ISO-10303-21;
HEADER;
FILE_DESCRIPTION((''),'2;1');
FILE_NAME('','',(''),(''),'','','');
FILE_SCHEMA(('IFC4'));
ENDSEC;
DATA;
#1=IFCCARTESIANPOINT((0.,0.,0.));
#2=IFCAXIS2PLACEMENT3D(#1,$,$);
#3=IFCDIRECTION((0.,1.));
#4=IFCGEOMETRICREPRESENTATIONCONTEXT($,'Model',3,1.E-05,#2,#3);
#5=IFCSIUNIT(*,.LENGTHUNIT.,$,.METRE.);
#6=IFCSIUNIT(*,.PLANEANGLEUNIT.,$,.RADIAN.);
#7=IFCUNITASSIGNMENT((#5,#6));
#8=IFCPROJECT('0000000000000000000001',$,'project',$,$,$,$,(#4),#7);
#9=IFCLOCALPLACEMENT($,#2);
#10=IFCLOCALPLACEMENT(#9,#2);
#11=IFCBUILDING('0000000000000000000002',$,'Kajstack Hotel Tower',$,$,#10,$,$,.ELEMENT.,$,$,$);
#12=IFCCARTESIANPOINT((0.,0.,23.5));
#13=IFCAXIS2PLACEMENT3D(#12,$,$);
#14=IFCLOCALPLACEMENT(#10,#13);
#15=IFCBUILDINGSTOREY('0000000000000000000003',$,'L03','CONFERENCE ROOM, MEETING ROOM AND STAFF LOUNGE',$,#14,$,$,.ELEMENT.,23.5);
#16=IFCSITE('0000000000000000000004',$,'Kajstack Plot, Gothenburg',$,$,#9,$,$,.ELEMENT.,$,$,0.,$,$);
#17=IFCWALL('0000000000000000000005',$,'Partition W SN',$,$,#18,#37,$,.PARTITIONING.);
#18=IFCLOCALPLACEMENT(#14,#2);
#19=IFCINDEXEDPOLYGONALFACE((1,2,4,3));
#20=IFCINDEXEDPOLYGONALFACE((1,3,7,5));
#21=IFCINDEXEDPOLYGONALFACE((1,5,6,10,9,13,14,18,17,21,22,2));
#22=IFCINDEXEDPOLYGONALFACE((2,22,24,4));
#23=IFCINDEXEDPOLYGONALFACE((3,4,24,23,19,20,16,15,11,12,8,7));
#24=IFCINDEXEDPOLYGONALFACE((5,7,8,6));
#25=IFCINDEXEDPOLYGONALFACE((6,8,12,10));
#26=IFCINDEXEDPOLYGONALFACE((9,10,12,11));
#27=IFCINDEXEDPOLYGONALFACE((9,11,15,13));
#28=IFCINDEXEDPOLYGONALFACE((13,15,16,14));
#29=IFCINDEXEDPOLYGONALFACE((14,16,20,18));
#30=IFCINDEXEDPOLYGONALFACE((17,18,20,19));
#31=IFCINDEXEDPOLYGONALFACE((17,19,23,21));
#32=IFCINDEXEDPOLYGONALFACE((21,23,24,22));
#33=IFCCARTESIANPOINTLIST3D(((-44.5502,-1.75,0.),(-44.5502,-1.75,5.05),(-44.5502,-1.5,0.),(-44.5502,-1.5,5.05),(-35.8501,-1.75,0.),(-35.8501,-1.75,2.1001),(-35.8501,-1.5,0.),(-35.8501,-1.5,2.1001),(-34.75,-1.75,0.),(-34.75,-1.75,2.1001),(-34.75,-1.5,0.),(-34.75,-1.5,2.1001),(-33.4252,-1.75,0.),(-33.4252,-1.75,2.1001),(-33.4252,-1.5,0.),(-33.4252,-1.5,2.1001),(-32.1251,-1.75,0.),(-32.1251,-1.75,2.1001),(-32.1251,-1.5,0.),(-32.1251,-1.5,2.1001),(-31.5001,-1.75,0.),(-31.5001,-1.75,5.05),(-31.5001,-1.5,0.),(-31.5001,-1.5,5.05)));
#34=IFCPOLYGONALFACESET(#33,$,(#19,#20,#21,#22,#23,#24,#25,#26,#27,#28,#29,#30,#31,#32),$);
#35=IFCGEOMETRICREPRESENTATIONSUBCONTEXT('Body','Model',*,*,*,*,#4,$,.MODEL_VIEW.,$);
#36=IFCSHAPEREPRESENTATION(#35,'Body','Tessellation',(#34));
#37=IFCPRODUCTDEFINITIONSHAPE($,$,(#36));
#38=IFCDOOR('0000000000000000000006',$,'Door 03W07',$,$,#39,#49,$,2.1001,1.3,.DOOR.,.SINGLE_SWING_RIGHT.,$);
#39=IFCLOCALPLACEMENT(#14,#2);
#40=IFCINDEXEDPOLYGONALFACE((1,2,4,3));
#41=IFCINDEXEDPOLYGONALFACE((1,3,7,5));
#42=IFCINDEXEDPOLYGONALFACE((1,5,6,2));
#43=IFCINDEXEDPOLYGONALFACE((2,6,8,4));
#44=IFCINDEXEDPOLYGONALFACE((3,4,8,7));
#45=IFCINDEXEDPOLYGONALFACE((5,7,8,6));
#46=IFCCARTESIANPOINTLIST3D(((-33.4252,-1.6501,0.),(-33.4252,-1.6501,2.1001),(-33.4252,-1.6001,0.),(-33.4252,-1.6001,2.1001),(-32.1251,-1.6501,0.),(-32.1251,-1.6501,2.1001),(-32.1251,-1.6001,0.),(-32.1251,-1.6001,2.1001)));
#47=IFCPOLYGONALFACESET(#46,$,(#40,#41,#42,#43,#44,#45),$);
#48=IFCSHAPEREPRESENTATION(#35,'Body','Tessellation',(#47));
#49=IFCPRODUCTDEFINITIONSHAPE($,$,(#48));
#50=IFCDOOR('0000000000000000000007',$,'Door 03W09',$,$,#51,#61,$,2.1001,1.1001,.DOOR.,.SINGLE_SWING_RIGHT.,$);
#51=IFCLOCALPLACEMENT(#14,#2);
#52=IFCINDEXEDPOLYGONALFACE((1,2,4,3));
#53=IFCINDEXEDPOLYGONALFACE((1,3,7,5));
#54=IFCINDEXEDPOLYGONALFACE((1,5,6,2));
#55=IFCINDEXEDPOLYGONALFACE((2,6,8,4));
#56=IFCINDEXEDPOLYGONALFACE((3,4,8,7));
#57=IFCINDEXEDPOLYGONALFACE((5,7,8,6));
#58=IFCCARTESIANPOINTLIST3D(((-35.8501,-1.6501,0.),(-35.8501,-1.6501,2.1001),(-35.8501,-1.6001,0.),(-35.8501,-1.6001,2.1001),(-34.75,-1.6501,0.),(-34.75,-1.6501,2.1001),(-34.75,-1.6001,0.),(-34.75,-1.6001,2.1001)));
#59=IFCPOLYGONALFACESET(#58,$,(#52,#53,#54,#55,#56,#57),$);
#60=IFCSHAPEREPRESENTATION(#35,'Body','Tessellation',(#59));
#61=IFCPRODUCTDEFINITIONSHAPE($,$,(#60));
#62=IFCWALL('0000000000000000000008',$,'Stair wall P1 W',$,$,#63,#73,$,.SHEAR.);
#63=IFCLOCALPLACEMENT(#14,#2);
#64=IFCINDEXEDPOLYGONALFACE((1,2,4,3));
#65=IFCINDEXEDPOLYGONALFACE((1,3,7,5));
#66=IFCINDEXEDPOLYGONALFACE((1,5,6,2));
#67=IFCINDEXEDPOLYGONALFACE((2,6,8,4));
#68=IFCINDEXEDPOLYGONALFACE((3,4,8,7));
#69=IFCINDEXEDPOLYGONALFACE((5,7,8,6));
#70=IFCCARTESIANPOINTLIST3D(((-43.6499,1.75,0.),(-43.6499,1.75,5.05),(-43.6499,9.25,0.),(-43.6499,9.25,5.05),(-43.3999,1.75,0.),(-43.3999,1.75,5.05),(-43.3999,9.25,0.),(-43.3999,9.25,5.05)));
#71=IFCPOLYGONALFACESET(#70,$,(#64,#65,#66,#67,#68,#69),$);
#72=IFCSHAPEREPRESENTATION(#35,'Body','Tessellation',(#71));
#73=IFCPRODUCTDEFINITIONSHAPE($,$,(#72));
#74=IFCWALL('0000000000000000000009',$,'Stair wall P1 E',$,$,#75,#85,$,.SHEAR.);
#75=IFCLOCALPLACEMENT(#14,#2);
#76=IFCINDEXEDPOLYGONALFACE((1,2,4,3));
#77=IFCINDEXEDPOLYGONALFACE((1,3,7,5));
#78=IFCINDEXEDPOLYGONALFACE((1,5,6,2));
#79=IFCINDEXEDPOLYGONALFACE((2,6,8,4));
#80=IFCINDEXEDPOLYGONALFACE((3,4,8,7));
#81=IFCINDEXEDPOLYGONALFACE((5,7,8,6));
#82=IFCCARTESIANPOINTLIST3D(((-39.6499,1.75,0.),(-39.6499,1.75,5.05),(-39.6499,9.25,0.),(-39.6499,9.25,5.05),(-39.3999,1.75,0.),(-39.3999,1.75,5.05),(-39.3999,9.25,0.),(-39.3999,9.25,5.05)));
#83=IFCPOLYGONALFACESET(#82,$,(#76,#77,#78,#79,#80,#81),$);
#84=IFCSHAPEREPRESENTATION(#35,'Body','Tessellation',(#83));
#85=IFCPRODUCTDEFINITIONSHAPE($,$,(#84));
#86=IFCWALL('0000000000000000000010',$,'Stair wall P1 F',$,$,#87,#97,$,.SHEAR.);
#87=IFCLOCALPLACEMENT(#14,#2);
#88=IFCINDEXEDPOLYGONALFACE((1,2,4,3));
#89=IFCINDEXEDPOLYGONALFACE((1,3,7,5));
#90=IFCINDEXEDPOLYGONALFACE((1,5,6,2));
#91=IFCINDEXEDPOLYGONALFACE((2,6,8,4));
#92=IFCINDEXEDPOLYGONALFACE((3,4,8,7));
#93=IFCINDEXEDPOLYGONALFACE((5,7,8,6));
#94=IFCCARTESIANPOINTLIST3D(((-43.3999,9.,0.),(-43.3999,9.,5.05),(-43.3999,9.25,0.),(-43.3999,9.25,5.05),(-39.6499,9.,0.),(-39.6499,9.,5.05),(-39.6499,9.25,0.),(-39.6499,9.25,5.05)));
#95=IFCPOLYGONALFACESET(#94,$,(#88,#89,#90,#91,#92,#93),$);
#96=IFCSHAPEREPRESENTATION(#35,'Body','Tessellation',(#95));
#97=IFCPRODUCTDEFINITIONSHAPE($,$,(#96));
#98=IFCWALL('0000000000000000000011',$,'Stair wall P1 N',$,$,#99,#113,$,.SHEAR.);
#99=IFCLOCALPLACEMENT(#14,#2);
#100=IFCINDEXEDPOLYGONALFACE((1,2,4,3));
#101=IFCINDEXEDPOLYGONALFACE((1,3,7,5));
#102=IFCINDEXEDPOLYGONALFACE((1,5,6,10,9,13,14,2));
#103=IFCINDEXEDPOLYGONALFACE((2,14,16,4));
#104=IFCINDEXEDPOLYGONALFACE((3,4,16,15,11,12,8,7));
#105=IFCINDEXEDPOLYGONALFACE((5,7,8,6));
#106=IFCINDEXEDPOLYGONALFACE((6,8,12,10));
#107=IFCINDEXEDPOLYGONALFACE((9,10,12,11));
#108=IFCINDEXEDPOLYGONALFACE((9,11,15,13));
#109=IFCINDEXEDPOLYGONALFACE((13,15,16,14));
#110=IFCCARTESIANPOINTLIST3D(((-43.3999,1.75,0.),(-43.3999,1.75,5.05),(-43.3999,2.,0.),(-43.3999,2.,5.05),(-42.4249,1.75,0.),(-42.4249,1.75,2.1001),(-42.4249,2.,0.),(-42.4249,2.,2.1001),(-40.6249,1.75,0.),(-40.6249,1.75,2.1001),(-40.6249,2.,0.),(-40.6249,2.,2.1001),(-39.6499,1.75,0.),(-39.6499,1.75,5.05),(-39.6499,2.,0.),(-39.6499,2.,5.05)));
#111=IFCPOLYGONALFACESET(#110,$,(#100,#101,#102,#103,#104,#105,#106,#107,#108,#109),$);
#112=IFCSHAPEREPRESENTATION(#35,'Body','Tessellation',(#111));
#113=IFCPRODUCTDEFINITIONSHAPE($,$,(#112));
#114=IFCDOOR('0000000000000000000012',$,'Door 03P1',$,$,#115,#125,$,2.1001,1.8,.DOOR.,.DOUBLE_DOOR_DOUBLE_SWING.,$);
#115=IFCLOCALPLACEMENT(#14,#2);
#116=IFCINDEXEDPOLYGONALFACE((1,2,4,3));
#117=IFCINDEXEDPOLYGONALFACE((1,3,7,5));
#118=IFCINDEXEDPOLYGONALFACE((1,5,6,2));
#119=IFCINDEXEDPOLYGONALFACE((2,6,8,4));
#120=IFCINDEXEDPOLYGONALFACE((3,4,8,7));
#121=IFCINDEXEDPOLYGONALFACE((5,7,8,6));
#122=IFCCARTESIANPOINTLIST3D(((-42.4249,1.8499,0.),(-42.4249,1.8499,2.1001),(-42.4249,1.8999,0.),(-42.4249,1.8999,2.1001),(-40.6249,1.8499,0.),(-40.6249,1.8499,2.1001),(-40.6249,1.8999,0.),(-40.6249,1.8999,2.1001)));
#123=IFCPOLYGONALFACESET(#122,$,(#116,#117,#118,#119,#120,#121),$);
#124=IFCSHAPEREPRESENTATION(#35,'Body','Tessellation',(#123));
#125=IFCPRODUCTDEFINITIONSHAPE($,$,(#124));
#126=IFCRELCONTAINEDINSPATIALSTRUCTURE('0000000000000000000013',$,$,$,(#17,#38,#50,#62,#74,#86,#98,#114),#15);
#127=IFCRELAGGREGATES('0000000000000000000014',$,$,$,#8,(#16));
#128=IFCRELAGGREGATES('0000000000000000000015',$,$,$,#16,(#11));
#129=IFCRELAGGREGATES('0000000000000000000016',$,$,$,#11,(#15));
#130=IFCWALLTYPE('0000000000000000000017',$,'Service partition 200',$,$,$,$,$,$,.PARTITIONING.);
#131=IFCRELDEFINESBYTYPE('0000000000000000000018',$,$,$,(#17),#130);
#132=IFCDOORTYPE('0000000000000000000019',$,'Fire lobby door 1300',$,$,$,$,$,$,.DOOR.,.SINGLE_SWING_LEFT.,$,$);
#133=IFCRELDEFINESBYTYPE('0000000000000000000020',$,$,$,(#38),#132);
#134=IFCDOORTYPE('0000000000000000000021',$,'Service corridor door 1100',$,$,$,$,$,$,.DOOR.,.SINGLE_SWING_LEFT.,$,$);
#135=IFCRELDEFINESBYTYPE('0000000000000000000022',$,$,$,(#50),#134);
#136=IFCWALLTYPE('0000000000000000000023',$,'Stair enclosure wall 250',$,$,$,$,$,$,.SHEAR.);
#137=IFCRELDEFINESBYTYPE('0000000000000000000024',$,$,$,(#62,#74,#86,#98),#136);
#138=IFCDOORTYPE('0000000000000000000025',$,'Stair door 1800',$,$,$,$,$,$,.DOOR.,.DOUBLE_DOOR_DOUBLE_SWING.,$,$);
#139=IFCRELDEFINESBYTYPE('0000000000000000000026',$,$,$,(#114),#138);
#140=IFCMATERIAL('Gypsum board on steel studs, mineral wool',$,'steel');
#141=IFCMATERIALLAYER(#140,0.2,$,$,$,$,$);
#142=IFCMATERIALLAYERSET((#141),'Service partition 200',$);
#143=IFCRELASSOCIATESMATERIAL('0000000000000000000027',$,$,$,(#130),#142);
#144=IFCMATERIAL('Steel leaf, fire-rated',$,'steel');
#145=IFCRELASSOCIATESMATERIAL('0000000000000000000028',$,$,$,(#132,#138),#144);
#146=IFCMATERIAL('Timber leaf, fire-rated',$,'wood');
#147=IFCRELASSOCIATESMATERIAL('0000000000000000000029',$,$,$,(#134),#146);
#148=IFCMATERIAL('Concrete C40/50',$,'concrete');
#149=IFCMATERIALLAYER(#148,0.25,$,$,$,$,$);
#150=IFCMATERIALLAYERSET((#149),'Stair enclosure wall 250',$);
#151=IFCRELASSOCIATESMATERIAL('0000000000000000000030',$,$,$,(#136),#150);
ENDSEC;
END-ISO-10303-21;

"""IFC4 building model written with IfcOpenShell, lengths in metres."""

from ifc_helpers import new_model, si_unit, direction, frame, frame_2d, origin, place, context, subcontext, project, spatial, rectangle, extrude, material, layer, layer_set, type_object, element, fill, save


model = new_model("IFC4")

# Units and contexts
model_context = context("Model", 3, precision=1e-05, world=origin(), true_north=direction((0.0, 1.0)))
body_context = subcontext(model_context, "Body", "Model", "MODEL_VIEW")
ifc_project = project(units=[si_unit("LENGTHUNIT", "METRE"), si_unit("PLANEANGLEUNIT", "RADIAN")], contexts=[model_context])

# Site, building, storey
site_placement = place(None, origin())
site = spatial("IfcSite", under=ifc_project, at=site_placement, Name="Kajstack Plot, Gothenburg", CompositionType="ELEMENT", RefElevation=0.0)
building_placement = place(site_placement, origin())
building = spatial("IfcBuilding", under=site, at=building_placement, Name="Kajstack Hotel Tower", CompositionType="ELEMENT")
storey_placement = place(building_placement, frame((0.0, 0.0, 23.5)))
storey = spatial("IfcBuildingStorey", under=building, at=storey_placement, Name="L03", Description="CONFERENCE ROOM, MEETING ROOM AND STAFF LOUNGE", CompositionType="ELEMENT", Elevation=23.5)

# Shared definitions
ifc_material_1 = material(Name="Gypsum board on steel studs, mineral wool", Category="steel")
ifc_material_2 = material(Name="Timber leaf, fire-rated", Category="wood")

# Wall, openings, doors
ifc_layer_1 = layer(ifc_material_1, 0.2)
ifc_layer_set_1 = layer_set([ifc_layer_1], Name="Service partition 200")
wall_type_1 = type_object("IfcWallType", Name="Service partition 200", PredefinedType="PARTITIONING", material=ifc_layer_set_1)
wall_1_placement = place(storey_placement, frame((-44.55, -1.625, 0.0), z_axis=(0.0, 0.0, 1.0), x_axis=(1.0, 0.0, 0.0)))
wall_1 = element("IfcWall", 1, at=wall_1_placement, inside=storey, type_object=wall_type_1, Name="Partition W SN", PredefinedType="PARTITIONING", context=body_context, shape_type="SweptSolid", body=[
    extrude(rectangle(XDim=13.05, YDim=0.25, at=frame_2d((6.5249, 0.0))), origin(), (0.0, 0.0, 1.0), 5.05),
])
opening_1_placement = place(wall_1_placement, frame((11.125, 0.0, 0.0)))
opening_1 = element("IfcOpeningElement", 2, at=opening_1_placement, cuts=wall_1, PredefinedType="OPENING", context=body_context, shape_type="SweptSolid", body=[
    extrude(rectangle(XDim=1.3, YDim=2.1001, at=frame_2d((0.6499, 1.05))), frame((0.0, 0.135, 0.0), z_axis=(0.0, -1.0, 0.0), x_axis=(1.0, 0.0, 0.0)), (0.0, 0.0, 1.0), 0.27),
])
opening_2_placement = place(wall_1_placement, frame((8.7, 0.0, 0.0)))
opening_2 = element("IfcOpeningElement", 3, at=opening_2_placement, cuts=wall_1, PredefinedType="OPENING", context=body_context, shape_type="SweptSolid", body=[
    extrude(rectangle(XDim=1.1001, YDim=2.1001, at=frame_2d((0.55, 1.05))), frame((0.0, 0.135, 0.0), z_axis=(0.0, -1.0, 0.0), x_axis=(1.0, 0.0, 0.0)), (0.0, 0.0, 1.0), 0.27),
])
ifc_material_3 = material(Name="Steel leaf, fire-rated", Category="steel")
door_type_1 = type_object("IfcDoorType", Name="Fire lobby door 1300", OperationType="SINGLE_SWING_LEFT", PredefinedType="DOOR", material=ifc_material_3)
door_1_placement = place(opening_1_placement, origin())
door_1 = element("IfcDoor", 4, at=door_1_placement, inside=storey, type_object=door_type_1, Name="Door 03W07", OperationType="SINGLE_SWING_RIGHT", OverallHeight=2.1001, OverallWidth=1.3, PredefinedType="DOOR", context=body_context, shape_type="SweptSolid", body=[
    extrude(rectangle(XDim=1.3, YDim=2.1001, at=frame_2d((0.6499, 1.05))), frame((0.0, 0.0249, 0.0), z_axis=(0.0, -1.0, 0.0), x_axis=(1.0, 0.0, 0.0)), (0.0, 0.0, 1.0), 0.05),
])
fill(opening_1, door_1)
door_type_2 = type_object("IfcDoorType", Name="Service corridor door 1100", OperationType="SINGLE_SWING_LEFT", PredefinedType="DOOR", material=ifc_material_2)
door_2_placement = place(opening_2_placement, origin())
door_2 = element("IfcDoor", 5, at=door_2_placement, inside=storey, type_object=door_type_2, Name="Door 03W09", OperationType="SINGLE_SWING_RIGHT", OverallHeight=2.1001, OverallWidth=1.1001, PredefinedType="DOOR", context=body_context, shape_type="SweptSolid", body=[
    extrude(rectangle(XDim=1.1001, YDim=2.1001, at=frame_2d((0.55, 1.05))), frame((0.0, 0.0249, 0.0), z_axis=(0.0, -1.0, 0.0), x_axis=(1.0, 0.0, 0.0)), (0.0, 0.0, 1.0), 0.05),
])
fill(opening_2, door_2)

# Walls
ifc_material_4 = material(Name="Concrete C40/50", Category="concrete")
ifc_layer_2 = layer(ifc_material_4, 0.25)
ifc_layer_set_2 = layer_set([ifc_layer_2], Name="Stair enclosure wall 250")
wall_type_2 = type_object("IfcWallType", Name="Stair enclosure wall 250", PredefinedType="SHEAR", material=ifc_layer_set_2)
for number, where, z_axis, x_axis, name in (
    (6, (-43.5249, 1.75, 0.0), (0.0, 0.0, 1.0), (0.0, 1.0, 0.0), "Stair wall P1 W"),
    (7, (-39.5249, 1.75, 0.0), (0.0, 0.0, 1.0), (0.0, 1.0, 0.0), "Stair wall P1 E"),
):
    element("IfcWall", number, at=place(storey_placement, frame(where, z_axis=z_axis, x_axis=x_axis)), inside=storey, type_object=wall_type_2, Name=name, PredefinedType="SHEAR", context=body_context, shape_type="SweptSolid", body=[
        extrude(rectangle(XDim=7.5, YDim=0.25, at=frame_2d((3.75, 0.0))), origin(), (0.0, 0.0, 1.0), 5.05),
    ])
wall_2_placement = place(storey_placement, frame((-43.3999, 9.125, 0.0), z_axis=(0.0, 0.0, 1.0), x_axis=(1.0, 0.0, 0.0)))
element("IfcWall", 8, at=wall_2_placement, inside=storey, type_object=wall_type_2, Name="Stair wall P1 F", PredefinedType="SHEAR", context=body_context, shape_type="SweptSolid", body=[
    extrude(rectangle(XDim=3.75, YDim=0.25, at=frame_2d((1.875, 0.0))), origin(), (0.0, 0.0, 1.0), 5.05),
])

# Wall, opening, door
wall_3_placement = place(storey_placement, frame((-43.3999, 1.875, 0.0), z_axis=(0.0, 0.0, 1.0), x_axis=(1.0, 0.0, 0.0)))
wall_3 = element("IfcWall", 9, at=wall_3_placement, inside=storey, type_object=wall_type_2, Name="Stair wall P1 N", PredefinedType="SHEAR", context=body_context, shape_type="SweptSolid", body=[
    extrude(rectangle(XDim=3.75, YDim=0.25, at=frame_2d((1.875, 0.0))), origin(), (0.0, 0.0, 1.0), 5.05),
])
opening_3_placement = place(wall_3_placement, frame((0.9751, 0.0, 0.0)))
opening_3 = element("IfcOpeningElement", 10, at=opening_3_placement, cuts=wall_3, PredefinedType="OPENING", context=body_context, shape_type="SweptSolid", body=[
    extrude(rectangle(XDim=1.8, YDim=2.1001, at=frame_2d((0.8999, 1.05))), frame((0.0, 0.135, 0.0), z_axis=(0.0, -1.0, 0.0), x_axis=(1.0, 0.0, 0.0)), (0.0, 0.0, 1.0), 0.27),
])
door_type_3 = type_object("IfcDoorType", Name="Stair door 1800", OperationType="DOUBLE_DOOR_DOUBLE_SWING", PredefinedType="DOOR", material=ifc_material_3)
door_3_placement = place(opening_3_placement, origin())
door_3 = element("IfcDoor", 11, at=door_3_placement, inside=storey, type_object=door_type_3, Name="Door 03P1", OperationType="DOUBLE_DOOR_DOUBLE_SWING", OverallHeight=2.1001, OverallWidth=1.8, PredefinedType="DOOR", context=body_context, shape_type="SweptSolid", body=[
    extrude(rectangle(XDim=1.8, YDim=2.1001, at=frame_2d((0.8999, 1.05))), frame((0.0, 0.0249, 0.0), z_axis=(0.0, -1.0, 0.0), x_axis=(1.0, 0.0, 0.0)), (0.0, 0.0, 1.0), 0.05),
])
fill(opening_3, door_3)

save(model, "model.ifc")
